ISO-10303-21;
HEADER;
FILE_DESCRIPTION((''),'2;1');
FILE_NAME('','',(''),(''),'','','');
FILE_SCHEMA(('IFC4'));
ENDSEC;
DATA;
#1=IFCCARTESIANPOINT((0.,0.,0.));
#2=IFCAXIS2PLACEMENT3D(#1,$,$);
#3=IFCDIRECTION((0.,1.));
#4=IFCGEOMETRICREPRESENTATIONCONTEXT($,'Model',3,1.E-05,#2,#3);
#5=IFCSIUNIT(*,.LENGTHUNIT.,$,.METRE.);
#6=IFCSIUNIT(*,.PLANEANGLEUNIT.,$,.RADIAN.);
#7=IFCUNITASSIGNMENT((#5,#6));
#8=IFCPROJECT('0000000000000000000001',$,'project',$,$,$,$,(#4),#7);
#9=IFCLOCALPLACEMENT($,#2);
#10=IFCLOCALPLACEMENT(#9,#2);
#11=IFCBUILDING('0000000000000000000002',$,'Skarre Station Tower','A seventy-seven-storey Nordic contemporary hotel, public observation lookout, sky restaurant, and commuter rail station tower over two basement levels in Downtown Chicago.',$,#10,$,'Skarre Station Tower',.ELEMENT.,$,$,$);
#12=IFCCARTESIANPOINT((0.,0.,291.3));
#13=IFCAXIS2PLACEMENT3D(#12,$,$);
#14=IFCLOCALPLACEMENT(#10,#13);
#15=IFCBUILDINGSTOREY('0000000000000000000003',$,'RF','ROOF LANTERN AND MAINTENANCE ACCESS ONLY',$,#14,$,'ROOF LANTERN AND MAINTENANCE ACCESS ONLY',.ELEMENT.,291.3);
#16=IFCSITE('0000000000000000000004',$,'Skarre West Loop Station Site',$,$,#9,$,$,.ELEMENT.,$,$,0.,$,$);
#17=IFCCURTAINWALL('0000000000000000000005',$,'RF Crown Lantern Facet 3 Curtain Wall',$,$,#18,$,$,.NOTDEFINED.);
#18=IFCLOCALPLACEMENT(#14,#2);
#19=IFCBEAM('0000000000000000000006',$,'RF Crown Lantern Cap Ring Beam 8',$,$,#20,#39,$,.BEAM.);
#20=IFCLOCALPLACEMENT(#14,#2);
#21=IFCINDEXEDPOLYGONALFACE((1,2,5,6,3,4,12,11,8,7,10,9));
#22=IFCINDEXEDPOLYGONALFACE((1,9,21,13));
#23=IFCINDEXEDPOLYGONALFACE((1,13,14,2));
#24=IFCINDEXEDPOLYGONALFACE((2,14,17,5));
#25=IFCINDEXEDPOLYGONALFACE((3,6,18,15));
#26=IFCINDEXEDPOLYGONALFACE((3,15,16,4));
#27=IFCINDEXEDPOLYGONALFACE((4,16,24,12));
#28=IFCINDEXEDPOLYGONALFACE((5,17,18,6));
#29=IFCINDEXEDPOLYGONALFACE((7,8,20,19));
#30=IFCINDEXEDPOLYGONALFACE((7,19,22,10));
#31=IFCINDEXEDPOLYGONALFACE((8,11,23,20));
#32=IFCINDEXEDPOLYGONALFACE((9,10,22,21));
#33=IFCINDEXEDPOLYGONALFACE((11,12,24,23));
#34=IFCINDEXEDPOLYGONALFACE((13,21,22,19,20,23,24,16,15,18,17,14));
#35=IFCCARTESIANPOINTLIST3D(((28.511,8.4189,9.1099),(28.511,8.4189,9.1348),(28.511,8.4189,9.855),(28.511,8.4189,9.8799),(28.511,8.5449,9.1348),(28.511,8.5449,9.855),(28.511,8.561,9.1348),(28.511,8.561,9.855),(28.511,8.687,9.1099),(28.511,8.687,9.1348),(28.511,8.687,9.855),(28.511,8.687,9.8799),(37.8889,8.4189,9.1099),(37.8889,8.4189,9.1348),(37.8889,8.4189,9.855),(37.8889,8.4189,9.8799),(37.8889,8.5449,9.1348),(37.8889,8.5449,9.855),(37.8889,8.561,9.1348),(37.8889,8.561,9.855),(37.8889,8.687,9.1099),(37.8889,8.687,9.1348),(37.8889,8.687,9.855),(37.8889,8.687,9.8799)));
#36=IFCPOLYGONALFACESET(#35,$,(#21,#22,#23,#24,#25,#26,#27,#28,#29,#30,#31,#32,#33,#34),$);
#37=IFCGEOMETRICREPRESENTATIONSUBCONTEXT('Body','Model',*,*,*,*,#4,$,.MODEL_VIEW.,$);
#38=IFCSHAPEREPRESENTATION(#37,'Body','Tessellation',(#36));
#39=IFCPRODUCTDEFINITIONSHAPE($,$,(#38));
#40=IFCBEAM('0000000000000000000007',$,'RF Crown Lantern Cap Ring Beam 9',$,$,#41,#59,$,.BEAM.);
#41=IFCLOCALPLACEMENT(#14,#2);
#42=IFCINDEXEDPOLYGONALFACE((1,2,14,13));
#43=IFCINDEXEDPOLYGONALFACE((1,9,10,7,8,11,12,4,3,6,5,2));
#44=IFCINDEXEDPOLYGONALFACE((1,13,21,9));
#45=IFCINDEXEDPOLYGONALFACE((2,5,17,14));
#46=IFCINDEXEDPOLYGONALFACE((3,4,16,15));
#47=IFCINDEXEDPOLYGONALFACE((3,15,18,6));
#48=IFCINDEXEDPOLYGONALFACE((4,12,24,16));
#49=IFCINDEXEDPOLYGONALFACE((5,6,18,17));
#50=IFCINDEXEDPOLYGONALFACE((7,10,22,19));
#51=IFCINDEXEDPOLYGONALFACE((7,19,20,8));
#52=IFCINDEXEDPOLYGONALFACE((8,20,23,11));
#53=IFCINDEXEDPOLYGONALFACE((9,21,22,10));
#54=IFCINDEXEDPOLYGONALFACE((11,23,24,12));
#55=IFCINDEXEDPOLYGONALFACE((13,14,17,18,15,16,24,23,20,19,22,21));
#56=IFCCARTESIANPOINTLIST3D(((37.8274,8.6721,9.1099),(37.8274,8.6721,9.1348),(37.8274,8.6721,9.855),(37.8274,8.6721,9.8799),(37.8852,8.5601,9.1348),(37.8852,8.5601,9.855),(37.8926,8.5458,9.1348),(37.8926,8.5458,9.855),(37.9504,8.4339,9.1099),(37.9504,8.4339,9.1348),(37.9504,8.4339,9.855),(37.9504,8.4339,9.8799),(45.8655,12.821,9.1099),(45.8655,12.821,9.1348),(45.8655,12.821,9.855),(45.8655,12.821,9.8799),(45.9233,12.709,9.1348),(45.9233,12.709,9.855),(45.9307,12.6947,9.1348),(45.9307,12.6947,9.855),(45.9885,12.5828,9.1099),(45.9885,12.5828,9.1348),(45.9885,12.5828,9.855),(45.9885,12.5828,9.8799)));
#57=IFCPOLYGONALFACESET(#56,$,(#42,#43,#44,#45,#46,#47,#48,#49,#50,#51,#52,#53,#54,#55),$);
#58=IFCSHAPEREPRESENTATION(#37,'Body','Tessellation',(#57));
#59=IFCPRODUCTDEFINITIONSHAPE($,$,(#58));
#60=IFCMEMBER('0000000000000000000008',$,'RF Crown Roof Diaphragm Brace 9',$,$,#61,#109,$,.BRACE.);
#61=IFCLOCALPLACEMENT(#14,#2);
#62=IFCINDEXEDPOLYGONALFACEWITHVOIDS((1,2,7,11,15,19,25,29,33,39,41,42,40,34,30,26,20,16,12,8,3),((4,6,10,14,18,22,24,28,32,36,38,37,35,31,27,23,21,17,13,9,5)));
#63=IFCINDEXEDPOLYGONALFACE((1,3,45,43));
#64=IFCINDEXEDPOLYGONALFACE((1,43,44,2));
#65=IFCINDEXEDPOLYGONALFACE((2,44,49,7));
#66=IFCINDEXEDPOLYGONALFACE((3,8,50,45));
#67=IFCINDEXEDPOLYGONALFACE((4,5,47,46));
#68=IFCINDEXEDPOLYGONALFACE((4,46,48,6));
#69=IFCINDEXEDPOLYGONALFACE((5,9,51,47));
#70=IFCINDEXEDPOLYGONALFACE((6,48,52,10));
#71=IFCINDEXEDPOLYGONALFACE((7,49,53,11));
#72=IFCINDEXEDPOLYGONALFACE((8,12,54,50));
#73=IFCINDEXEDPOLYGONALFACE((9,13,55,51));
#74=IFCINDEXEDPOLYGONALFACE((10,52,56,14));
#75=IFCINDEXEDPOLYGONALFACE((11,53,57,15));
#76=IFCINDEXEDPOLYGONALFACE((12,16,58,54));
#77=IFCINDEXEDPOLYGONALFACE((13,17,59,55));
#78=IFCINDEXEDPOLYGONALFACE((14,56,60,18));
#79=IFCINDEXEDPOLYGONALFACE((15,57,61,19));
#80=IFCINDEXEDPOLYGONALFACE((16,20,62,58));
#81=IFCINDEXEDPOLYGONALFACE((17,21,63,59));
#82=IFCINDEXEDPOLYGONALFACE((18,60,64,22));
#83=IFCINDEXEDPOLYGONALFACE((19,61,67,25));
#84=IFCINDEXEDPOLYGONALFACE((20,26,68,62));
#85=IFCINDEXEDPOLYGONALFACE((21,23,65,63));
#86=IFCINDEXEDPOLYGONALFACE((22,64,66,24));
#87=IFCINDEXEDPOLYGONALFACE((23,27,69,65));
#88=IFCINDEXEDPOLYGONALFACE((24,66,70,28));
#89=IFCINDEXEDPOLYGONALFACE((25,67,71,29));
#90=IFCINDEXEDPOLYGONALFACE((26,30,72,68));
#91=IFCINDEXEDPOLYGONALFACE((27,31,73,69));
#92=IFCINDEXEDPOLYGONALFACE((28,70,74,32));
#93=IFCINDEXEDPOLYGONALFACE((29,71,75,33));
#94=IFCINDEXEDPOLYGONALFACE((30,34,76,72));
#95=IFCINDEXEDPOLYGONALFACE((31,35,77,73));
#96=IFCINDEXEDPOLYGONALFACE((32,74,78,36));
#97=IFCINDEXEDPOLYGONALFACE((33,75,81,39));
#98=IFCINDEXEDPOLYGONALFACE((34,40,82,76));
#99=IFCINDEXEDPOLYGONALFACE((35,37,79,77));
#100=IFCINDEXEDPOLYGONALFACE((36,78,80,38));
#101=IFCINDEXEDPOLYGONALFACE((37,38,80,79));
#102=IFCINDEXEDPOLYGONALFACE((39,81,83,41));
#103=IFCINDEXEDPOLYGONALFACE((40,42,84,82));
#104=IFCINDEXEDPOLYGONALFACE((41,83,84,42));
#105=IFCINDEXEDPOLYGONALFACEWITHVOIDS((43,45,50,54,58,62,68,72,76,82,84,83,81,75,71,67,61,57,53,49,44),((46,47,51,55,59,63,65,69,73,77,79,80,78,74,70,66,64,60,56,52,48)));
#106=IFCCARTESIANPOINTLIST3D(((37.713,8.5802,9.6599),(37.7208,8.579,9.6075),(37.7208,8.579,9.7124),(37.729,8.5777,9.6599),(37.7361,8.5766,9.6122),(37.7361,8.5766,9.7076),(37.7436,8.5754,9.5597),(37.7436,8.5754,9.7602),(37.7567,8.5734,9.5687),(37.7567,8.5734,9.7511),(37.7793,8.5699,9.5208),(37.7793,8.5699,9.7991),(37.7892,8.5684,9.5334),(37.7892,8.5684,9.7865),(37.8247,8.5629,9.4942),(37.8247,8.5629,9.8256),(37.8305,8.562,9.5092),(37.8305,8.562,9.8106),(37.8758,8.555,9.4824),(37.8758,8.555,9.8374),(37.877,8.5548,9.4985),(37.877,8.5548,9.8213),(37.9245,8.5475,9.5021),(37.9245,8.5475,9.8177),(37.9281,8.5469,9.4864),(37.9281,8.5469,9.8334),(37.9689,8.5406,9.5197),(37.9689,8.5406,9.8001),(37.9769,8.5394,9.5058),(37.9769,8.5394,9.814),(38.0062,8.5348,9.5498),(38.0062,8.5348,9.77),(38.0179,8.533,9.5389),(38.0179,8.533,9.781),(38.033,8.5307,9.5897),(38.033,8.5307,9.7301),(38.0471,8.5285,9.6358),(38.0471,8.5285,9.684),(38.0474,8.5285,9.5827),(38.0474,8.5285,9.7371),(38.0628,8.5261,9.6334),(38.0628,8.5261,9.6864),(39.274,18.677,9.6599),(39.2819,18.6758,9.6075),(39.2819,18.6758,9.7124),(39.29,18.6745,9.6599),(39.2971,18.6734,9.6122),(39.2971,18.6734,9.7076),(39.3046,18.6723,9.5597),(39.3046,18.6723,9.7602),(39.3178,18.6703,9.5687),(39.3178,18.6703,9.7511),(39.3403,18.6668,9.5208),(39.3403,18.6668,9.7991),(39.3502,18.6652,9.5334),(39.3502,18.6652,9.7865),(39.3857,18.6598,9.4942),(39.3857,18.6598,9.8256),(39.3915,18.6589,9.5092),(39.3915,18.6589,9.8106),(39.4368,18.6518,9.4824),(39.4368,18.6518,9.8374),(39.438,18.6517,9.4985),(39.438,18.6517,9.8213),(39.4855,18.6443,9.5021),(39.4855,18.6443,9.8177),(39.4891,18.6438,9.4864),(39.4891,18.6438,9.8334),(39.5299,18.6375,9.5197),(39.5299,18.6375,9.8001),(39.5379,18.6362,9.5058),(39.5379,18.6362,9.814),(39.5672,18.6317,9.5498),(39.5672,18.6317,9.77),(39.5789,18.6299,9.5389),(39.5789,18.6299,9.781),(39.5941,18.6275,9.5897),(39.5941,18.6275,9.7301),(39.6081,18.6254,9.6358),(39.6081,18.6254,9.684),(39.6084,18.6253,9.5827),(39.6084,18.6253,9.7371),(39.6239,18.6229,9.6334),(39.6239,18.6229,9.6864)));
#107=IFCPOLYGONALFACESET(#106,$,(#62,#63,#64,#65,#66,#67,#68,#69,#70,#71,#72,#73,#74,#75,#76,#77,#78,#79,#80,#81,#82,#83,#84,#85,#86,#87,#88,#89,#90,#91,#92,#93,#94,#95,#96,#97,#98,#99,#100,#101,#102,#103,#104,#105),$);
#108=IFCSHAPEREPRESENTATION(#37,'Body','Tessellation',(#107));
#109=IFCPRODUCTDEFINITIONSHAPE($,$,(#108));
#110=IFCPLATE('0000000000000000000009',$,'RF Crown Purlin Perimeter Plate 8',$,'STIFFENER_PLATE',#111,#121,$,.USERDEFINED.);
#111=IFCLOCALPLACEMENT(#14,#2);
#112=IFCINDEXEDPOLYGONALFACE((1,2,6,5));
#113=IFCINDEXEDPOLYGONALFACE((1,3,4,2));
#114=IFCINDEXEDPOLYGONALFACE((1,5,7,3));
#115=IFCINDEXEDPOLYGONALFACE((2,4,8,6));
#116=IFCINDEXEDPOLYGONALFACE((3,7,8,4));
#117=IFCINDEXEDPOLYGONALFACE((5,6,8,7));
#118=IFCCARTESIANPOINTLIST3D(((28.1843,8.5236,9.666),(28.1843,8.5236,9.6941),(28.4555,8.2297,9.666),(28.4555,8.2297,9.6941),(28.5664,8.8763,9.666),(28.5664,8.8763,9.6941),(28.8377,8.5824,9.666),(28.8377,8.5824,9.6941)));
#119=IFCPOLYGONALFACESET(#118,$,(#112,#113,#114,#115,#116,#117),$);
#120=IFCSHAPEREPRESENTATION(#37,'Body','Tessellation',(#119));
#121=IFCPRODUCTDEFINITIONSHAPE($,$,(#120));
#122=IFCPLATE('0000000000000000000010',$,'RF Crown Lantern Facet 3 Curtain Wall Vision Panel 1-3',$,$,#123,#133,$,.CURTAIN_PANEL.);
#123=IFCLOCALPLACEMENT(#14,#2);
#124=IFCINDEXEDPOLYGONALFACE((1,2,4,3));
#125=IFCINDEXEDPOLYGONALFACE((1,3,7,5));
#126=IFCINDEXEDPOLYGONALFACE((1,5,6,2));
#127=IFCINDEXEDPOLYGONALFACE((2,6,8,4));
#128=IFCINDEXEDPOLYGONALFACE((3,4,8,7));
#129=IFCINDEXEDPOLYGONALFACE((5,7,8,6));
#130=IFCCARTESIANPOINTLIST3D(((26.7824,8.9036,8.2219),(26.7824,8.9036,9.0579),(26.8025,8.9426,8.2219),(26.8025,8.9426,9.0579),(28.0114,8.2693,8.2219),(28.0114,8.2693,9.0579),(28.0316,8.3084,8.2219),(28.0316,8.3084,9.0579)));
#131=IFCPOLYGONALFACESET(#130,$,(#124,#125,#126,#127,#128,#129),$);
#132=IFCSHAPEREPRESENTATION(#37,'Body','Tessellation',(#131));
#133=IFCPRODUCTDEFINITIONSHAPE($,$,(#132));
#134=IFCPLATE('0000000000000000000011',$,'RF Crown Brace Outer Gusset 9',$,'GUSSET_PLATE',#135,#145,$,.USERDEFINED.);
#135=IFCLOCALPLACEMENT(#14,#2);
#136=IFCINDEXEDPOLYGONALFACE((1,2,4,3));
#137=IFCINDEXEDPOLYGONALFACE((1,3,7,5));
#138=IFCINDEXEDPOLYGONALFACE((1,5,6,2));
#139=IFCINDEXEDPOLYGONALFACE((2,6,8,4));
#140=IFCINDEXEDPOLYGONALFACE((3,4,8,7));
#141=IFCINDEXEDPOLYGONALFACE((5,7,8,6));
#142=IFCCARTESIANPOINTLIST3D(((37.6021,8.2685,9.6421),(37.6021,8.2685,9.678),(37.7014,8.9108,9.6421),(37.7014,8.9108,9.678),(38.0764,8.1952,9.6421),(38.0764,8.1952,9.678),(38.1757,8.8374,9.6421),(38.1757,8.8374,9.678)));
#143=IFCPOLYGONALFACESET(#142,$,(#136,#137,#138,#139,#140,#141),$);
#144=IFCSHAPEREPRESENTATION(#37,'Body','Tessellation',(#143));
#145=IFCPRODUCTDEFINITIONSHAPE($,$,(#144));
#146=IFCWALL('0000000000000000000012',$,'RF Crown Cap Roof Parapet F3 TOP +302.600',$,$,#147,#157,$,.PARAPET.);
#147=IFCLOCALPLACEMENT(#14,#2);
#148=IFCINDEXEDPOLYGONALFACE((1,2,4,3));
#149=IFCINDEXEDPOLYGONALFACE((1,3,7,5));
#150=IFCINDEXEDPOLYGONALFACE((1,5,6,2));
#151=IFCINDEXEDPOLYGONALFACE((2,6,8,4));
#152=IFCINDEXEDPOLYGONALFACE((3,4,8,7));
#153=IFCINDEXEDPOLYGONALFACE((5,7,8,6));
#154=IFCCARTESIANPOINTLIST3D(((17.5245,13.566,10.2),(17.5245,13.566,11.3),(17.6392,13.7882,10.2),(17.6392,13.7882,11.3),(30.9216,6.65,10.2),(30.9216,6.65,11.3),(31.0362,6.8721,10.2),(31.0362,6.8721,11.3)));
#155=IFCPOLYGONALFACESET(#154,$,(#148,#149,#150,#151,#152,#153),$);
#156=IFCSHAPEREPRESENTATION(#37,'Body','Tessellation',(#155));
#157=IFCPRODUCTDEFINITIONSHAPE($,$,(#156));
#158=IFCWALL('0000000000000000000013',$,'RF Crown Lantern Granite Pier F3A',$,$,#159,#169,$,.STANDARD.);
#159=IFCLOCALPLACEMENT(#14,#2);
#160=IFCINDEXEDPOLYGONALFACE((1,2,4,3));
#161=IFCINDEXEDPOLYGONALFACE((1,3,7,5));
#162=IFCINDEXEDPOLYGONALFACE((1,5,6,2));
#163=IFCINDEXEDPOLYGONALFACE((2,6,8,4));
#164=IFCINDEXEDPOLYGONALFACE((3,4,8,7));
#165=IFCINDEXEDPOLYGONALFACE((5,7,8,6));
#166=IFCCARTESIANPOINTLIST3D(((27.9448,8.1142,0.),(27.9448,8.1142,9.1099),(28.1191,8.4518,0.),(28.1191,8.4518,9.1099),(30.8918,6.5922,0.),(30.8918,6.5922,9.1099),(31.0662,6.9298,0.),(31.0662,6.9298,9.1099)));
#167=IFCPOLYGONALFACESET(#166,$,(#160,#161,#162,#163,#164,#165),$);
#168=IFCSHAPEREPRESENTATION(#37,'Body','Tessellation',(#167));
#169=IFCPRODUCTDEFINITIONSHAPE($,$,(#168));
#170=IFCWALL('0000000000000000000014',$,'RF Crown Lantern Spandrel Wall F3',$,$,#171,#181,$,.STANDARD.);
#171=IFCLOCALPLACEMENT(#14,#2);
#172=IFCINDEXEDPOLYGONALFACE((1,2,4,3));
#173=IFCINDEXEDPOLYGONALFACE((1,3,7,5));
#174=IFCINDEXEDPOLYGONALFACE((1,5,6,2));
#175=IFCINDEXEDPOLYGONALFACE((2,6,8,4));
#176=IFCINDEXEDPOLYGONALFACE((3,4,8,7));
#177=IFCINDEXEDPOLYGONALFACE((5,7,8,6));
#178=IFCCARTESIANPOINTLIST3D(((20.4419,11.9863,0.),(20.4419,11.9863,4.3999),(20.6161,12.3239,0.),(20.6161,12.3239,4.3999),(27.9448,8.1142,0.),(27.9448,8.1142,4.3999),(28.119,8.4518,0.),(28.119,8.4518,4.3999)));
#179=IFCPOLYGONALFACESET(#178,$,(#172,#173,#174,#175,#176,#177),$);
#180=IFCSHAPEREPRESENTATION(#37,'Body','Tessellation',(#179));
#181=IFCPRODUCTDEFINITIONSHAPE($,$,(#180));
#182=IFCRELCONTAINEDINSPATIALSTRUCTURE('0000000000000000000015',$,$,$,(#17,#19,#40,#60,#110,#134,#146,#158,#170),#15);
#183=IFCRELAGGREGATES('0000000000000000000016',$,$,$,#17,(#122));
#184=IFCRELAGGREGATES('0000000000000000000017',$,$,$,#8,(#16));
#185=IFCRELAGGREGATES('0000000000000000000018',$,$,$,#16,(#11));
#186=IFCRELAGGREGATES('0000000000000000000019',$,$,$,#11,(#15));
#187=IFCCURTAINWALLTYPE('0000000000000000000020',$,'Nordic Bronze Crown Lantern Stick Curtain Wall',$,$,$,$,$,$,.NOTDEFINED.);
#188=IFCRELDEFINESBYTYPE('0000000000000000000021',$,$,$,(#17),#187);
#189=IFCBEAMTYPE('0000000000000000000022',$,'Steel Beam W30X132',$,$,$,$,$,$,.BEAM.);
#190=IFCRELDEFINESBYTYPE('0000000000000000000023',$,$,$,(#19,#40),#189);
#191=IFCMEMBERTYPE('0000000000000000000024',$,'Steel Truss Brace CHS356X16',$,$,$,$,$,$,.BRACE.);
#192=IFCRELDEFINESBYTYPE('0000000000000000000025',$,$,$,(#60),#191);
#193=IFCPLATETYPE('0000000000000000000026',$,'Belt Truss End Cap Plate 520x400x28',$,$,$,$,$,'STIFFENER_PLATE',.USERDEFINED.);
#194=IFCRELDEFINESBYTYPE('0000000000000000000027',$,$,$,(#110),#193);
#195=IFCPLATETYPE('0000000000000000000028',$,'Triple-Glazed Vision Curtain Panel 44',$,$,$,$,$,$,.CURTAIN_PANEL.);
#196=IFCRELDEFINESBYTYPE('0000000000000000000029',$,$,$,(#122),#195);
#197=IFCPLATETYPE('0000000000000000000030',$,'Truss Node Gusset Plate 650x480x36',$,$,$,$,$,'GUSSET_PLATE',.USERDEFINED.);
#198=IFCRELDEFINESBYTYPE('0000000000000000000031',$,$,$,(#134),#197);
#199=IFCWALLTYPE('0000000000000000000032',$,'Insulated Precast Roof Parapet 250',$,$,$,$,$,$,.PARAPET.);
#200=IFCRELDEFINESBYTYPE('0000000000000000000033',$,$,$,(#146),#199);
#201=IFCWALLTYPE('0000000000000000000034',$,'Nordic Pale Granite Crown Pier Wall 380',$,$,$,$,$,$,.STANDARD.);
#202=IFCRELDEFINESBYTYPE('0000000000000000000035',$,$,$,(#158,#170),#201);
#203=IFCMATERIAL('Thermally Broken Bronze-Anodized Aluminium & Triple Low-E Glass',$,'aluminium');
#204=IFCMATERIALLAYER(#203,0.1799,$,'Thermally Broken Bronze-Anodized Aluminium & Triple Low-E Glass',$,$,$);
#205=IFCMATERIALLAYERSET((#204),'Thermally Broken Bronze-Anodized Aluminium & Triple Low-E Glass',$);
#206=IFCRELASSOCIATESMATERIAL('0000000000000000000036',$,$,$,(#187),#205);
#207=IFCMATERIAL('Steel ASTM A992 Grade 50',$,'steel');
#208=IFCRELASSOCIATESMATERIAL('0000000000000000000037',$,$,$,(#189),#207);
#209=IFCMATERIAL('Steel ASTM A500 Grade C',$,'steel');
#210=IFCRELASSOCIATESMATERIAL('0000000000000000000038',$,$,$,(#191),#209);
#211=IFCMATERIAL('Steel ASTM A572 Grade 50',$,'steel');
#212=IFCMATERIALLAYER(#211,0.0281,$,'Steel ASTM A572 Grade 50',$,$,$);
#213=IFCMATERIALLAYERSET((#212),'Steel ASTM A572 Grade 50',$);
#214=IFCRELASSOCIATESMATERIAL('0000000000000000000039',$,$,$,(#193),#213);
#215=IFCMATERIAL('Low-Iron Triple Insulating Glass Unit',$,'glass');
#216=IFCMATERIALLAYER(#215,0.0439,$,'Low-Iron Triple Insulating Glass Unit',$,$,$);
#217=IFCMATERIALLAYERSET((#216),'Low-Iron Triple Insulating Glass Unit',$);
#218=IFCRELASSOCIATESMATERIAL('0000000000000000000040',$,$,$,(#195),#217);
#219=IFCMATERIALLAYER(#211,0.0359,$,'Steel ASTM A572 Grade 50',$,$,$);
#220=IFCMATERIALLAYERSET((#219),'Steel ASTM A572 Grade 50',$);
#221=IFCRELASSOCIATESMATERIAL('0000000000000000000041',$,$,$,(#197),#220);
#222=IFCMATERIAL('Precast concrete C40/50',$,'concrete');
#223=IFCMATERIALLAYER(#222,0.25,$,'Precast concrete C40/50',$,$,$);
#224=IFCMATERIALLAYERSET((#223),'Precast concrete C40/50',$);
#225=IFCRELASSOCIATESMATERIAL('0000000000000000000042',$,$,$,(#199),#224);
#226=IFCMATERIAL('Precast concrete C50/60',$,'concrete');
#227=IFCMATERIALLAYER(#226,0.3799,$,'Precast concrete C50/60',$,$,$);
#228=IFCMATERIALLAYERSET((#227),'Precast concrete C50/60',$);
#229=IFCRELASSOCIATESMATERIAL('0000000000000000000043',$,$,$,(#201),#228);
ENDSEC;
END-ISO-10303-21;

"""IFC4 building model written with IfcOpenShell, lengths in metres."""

from ifc_helpers import new_model, si_unit, direction, frame, frame_2d, origin, origin_2d, place, context, subcontext, project, spatial, rectangle, hollow_circle, i_section, extrude, material, layer, layer_set, material_profile, profile_set, type_object, element, aggregate, save


model = new_model("IFC4")

# Units and contexts
model_context = context("Model", 3, precision=1e-05, world=origin(), true_north=direction((0.0, 1.0)))
body_context = subcontext(model_context, "Body", "Model", "MODEL_VIEW")
ifc_project = project(units=[si_unit("LENGTHUNIT", "METRE"), si_unit("PLANEANGLEUNIT", "RADIAN")], contexts=[model_context])

# Site, building, storey
site_placement = place(None, origin())
site = spatial("IfcSite", under=ifc_project, at=site_placement, Name="Skarre West Loop Station Site", CompositionType="ELEMENT", RefElevation=0.0)
building_placement = place(site_placement, origin())
building = spatial("IfcBuilding", under=site, at=building_placement, Name="Skarre Station Tower", Description="A seventy-seven-storey Nordic contemporary hotel, public observation lookout, sky restaurant, and commuter rail station tower over two basement levels in Downtown Chicago.", LongName="Skarre Station Tower", CompositionType="ELEMENT")
storey_placement = place(building_placement, frame((0.0, 0.0, 291.3)))
storey = spatial("IfcBuildingStorey", under=building, at=storey_placement, Name="RF", Description="ROOF LANTERN AND MAINTENANCE ACCESS ONLY", LongName="ROOF LANTERN AND MAINTENANCE ACCESS ONLY", CompositionType="ELEMENT", Elevation=291.3)

# Curtain wall
ifc_material_1 = material(Name="Thermally Broken Bronze-Anodized Aluminium & Triple Low-E Glass", Category="aluminium")
ifc_layer_1 = layer(ifc_material_1, 0.1799, Name="Thermally Broken Bronze-Anodized Aluminium & Triple Low-E Glass")
ifc_layer_set_1 = layer_set([ifc_layer_1], Name="Thermally Broken Bronze-Anodized Aluminium & Triple Low-E Glass")
curtain_wall_type = type_object("IfcCurtainWallType", Name="Nordic Bronze Crown Lantern Stick Curtain Wall", PredefinedType="NOTDEFINED", material=ifc_layer_set_1)
curtain_wall_1_placement = place(storey_placement, origin())
curtain_wall_1 = element("IfcCurtainWall", 1, at=curtain_wall_1_placement, inside=storey, type_object=curtain_wall_type, Name="RF Crown Lantern Facet 3 Curtain Wall", PredefinedType="NOTDEFINED")

# Beams
ifc_material_2 = material(Name="Steel ASTM A992 Grade 50", Category="steel")
ifc_material_profile_1 = material_profile(ifc_material_2, i_section(OverallWidth=0.2681, OverallDepth=0.77, WebThickness=0.0161, FlangeThickness=0.0249, at=origin_2d()), Name="Steel ASTM A992 Grade 50")
ifc_profile_set_1 = profile_set([ifc_material_profile_1], Name="Steel ASTM A992 Grade 50")
beam_type = type_object("IfcBeamType", Name="Steel Beam W30X132", PredefinedType="BEAM", material=ifc_profile_set_1)
beam_1_placement = place(storey_placement, frame((28.511, 8.553, 9.4949), z_axis=(1.0, 0.0, 0.0), x_axis=(0.0, 1.0, 0.0)))
element("IfcBeam", 2, at=beam_1_placement, inside=storey, type_object=beam_type, Name="RF Crown Lantern Cap Ring Beam 8", PredefinedType="BEAM", context=body_context, shape_type="SweptSolid", body=[
    extrude(i_section(OverallWidth=0.2681, OverallDepth=0.77, WebThickness=0.0161, FlangeThickness=0.0249, at=origin_2d()), origin(), (0.0, 0.0, 1.0), 9.3779),
])
beam_2_placement = place(storey_placement, frame((37.8889, 8.553, 9.4949), z_axis=(0.88861, 0.458664, 0.0), x_axis=(-0.458664, 0.88861, 0.0)))
element("IfcBeam", 3, at=beam_2_placement, inside=storey, type_object=beam_type, Name="RF Crown Lantern Cap Ring Beam 9", PredefinedType="BEAM", context=body_context, shape_type="SweptSolid", body=[
    extrude(i_section(OverallWidth=0.2681, OverallDepth=0.77, WebThickness=0.0161, FlangeThickness=0.0249, at=origin_2d()), origin(), (0.0, 0.0, 1.0), 9.0457),
])

# Member
ifc_material_3 = material(Name="Steel ASTM A500 Grade C", Category="steel")
ifc_material_profile_2 = material_profile(ifc_material_3, hollow_circle(Radius=0.178, WallThickness=0.0161, at=origin_2d()), Name="Steel ASTM A500 Grade C")
ifc_profile_set_2 = profile_set([ifc_material_profile_2], Name="Steel ASTM A500 Grade C")
member_type_1 = type_object("IfcMemberType", Name="Steel Truss Brace CHS356X16", PredefinedType="BRACE", material=ifc_profile_set_2)
member_1_placement = place(storey_placement, frame((37.8889, 8.553, 9.6599), z_axis=(0.15279, 0.988259, 0.0), x_axis=(-0.988259, 0.15279, 0.0)))
element("IfcMember", 4, at=member_1_placement, inside=storey, type_object=member_type_1, Name="RF Crown Roof Diaphragm Brace 9", PredefinedType="BRACE", context=body_context, shape_type="SweptSolid", body=[
    extrude(hollow_circle(Radius=0.178, WallThickness=0.0161, at=origin_2d()), origin(), (0.0, 0.0, 1.0), 10.2168),
])

# Plates
ifc_material_4 = material(Name="Steel ASTM A572 Grade 50", Category="steel")
ifc_layer_2 = layer(ifc_material_4, 0.0281, Name="Steel ASTM A572 Grade 50")
ifc_layer_set_2 = layer_set([ifc_layer_2], Name="Steel ASTM A572 Grade 50")
plate_type_1 = type_object("IfcPlateType", Name="Belt Truss End Cap Plate 520x400x28", ElementType="STIFFENER_PLATE", PredefinedType="USERDEFINED", material=ifc_layer_set_2)
plate_1_placement = place(storey_placement, frame((28.511, 8.553, 9.666), z_axis=(0.0, 0.0, 1.0), x_axis=(-0.73482, -0.678262, 0.0)))
element("IfcPlate", 5, at=plate_1_placement, inside=storey, type_object=plate_type_1, Name="RF Crown Purlin Perimeter Plate 8", ObjectType="STIFFENER_PLATE", PredefinedType="USERDEFINED", context=body_context, shape_type="SweptSolid", body=[
    extrude(rectangle(XDim=0.52, YDim=0.3999, at=origin_2d()), origin(), (0.0, 0.0, 1.0), 0.0281),
])
ifc_material_5 = material(Name="Low-Iron Triple Insulating Glass Unit", Category="glass")
ifc_layer_3 = layer(ifc_material_5, 0.0439, Name="Low-Iron Triple Insulating Glass Unit")
ifc_layer_set_3 = layer_set([ifc_layer_3], Name="Low-Iron Triple Insulating Glass Unit")
plate_type_2 = type_object("IfcPlateType", Name="Triple-Glazed Vision Curtain Panel 44", PredefinedType="CURTAIN_PANEL", material=ifc_layer_set_3)
plate_2_placement = place(storey_placement, frame((27.407, 8.606, 8.2219), z_axis=(0.0, 0.0, 1.0), x_axis=(-0.888649, 0.458588, 0.0)))
plate_2 = element("IfcPlate", 6, at=plate_2_placement, type_object=plate_type_2, Name="RF Crown Lantern Facet 3 Curtain Wall Vision Panel 1-3", PredefinedType="CURTAIN_PANEL", context=body_context, shape_type="SweptSolid", body=[
    extrude(rectangle(XDim=1.3831, YDim=0.0439, at=origin_2d()), origin(), (0.0, 0.0, 1.0), 0.8359),
])
aggregate(curtain_wall_1, [plate_2])
ifc_layer_4 = layer(ifc_material_4, 0.0359, Name="Steel ASTM A572 Grade 50")
ifc_layer_set_4 = layer_set([ifc_layer_4], Name="Steel ASTM A572 Grade 50")
plate_type_3 = type_object("IfcPlateType", Name="Truss Node Gusset Plate 650x480x36", ElementType="GUSSET_PLATE", PredefinedType="USERDEFINED", material=ifc_layer_set_4)
plate_3_placement = place(storey_placement, frame((37.8889, 8.553, 9.6421), z_axis=(0.0, 0.0, 1.0), x_axis=(0.152779, 0.98826, 0.0)))
element("IfcPlate", 7, at=plate_3_placement, inside=storey, type_object=plate_type_3, Name="RF Crown Brace Outer Gusset 9", ObjectType="GUSSET_PLATE", PredefinedType="USERDEFINED", context=body_context, shape_type="SweptSolid", body=[
    extrude(rectangle(XDim=0.6499, YDim=0.48, at=origin_2d()), origin(), (0.0, 0.0, 1.0), 0.0359),
])

# Walls
ifc_material_6 = material(Name="Precast concrete C40/50", Category="concrete")
ifc_layer_5 = layer(ifc_material_6, 0.25, Name="Precast concrete C40/50")
ifc_layer_set_5 = layer_set([ifc_layer_5], Name="Precast concrete C40/50")
wall_type_1 = type_object("IfcWallType", Name="Insulated Precast Roof Parapet 250", PredefinedType="PARAPET", material=ifc_layer_set_5)
wall_1_placement = place(storey_placement, frame((30.979, 6.761, 10.2), z_axis=(0.0, 0.0, 1.0), x_axis=(-0.888581, 0.458719, 0.0)))
element("IfcWall", 8, at=wall_1_placement, inside=storey, type_object=wall_type_1, Name="RF Crown Cap Roof Parapet F3 TOP +302.600", PredefinedType="PARAPET", context=body_context, shape_type="SweptSolid", body=[
    extrude(rectangle(XDim=15.0769, YDim=0.25, at=frame_2d((7.5386, 0.0))), origin(), (0.0, 0.0, 1.0), 1.1001),
])
ifc_material_7 = material(Name="Precast concrete C50/60", Category="concrete")
ifc_layer_6 = layer(ifc_material_7, 0.3799, Name="Precast concrete C50/60")
ifc_layer_set_6 = layer_set([ifc_layer_6], Name="Precast concrete C50/60")
wall_type_2 = type_object("IfcWallType", Name="Nordic Pale Granite Crown Pier Wall 380", PredefinedType="STANDARD", material=ifc_layer_set_6)
wall_2_placement = place(storey_placement, frame((30.979, 6.761, 0.0), z_axis=(0.0, 0.0, 1.0), x_axis=(-0.888506, 0.458864, 0.0)))
element("IfcWall", 9, at=wall_2_placement, inside=storey, type_object=wall_type_2, Name="RF Crown Lantern Granite Pier F3A", PredefinedType="STANDARD", context=body_context, shape_type="SweptSolid", body=[
    extrude(rectangle(XDim=3.3169, YDim=0.3799, at=frame_2d((1.6584, 0.0))), origin(), (0.0, 0.0, 1.0), 9.1099),
])
wall_3_placement = place(storey_placement, frame((28.032, 8.283, 0.0), z_axis=(0.0, 0.0, 1.0), x_axis=(-0.88864, 0.458605, 0.0)))
element("IfcWall", 10, at=wall_3_placement, inside=storey, type_object=wall_type_2, Name="RF Crown Lantern Spandrel Wall F3", PredefinedType="STANDARD", context=body_context, shape_type="SweptSolid", body=[
    extrude(rectangle(XDim=8.4431, YDim=0.3799, at=frame_2d((4.2217, 0.0))), origin(), (0.0, 0.0, 1.0), 4.3999),
])

save(model, "model.ifc")
